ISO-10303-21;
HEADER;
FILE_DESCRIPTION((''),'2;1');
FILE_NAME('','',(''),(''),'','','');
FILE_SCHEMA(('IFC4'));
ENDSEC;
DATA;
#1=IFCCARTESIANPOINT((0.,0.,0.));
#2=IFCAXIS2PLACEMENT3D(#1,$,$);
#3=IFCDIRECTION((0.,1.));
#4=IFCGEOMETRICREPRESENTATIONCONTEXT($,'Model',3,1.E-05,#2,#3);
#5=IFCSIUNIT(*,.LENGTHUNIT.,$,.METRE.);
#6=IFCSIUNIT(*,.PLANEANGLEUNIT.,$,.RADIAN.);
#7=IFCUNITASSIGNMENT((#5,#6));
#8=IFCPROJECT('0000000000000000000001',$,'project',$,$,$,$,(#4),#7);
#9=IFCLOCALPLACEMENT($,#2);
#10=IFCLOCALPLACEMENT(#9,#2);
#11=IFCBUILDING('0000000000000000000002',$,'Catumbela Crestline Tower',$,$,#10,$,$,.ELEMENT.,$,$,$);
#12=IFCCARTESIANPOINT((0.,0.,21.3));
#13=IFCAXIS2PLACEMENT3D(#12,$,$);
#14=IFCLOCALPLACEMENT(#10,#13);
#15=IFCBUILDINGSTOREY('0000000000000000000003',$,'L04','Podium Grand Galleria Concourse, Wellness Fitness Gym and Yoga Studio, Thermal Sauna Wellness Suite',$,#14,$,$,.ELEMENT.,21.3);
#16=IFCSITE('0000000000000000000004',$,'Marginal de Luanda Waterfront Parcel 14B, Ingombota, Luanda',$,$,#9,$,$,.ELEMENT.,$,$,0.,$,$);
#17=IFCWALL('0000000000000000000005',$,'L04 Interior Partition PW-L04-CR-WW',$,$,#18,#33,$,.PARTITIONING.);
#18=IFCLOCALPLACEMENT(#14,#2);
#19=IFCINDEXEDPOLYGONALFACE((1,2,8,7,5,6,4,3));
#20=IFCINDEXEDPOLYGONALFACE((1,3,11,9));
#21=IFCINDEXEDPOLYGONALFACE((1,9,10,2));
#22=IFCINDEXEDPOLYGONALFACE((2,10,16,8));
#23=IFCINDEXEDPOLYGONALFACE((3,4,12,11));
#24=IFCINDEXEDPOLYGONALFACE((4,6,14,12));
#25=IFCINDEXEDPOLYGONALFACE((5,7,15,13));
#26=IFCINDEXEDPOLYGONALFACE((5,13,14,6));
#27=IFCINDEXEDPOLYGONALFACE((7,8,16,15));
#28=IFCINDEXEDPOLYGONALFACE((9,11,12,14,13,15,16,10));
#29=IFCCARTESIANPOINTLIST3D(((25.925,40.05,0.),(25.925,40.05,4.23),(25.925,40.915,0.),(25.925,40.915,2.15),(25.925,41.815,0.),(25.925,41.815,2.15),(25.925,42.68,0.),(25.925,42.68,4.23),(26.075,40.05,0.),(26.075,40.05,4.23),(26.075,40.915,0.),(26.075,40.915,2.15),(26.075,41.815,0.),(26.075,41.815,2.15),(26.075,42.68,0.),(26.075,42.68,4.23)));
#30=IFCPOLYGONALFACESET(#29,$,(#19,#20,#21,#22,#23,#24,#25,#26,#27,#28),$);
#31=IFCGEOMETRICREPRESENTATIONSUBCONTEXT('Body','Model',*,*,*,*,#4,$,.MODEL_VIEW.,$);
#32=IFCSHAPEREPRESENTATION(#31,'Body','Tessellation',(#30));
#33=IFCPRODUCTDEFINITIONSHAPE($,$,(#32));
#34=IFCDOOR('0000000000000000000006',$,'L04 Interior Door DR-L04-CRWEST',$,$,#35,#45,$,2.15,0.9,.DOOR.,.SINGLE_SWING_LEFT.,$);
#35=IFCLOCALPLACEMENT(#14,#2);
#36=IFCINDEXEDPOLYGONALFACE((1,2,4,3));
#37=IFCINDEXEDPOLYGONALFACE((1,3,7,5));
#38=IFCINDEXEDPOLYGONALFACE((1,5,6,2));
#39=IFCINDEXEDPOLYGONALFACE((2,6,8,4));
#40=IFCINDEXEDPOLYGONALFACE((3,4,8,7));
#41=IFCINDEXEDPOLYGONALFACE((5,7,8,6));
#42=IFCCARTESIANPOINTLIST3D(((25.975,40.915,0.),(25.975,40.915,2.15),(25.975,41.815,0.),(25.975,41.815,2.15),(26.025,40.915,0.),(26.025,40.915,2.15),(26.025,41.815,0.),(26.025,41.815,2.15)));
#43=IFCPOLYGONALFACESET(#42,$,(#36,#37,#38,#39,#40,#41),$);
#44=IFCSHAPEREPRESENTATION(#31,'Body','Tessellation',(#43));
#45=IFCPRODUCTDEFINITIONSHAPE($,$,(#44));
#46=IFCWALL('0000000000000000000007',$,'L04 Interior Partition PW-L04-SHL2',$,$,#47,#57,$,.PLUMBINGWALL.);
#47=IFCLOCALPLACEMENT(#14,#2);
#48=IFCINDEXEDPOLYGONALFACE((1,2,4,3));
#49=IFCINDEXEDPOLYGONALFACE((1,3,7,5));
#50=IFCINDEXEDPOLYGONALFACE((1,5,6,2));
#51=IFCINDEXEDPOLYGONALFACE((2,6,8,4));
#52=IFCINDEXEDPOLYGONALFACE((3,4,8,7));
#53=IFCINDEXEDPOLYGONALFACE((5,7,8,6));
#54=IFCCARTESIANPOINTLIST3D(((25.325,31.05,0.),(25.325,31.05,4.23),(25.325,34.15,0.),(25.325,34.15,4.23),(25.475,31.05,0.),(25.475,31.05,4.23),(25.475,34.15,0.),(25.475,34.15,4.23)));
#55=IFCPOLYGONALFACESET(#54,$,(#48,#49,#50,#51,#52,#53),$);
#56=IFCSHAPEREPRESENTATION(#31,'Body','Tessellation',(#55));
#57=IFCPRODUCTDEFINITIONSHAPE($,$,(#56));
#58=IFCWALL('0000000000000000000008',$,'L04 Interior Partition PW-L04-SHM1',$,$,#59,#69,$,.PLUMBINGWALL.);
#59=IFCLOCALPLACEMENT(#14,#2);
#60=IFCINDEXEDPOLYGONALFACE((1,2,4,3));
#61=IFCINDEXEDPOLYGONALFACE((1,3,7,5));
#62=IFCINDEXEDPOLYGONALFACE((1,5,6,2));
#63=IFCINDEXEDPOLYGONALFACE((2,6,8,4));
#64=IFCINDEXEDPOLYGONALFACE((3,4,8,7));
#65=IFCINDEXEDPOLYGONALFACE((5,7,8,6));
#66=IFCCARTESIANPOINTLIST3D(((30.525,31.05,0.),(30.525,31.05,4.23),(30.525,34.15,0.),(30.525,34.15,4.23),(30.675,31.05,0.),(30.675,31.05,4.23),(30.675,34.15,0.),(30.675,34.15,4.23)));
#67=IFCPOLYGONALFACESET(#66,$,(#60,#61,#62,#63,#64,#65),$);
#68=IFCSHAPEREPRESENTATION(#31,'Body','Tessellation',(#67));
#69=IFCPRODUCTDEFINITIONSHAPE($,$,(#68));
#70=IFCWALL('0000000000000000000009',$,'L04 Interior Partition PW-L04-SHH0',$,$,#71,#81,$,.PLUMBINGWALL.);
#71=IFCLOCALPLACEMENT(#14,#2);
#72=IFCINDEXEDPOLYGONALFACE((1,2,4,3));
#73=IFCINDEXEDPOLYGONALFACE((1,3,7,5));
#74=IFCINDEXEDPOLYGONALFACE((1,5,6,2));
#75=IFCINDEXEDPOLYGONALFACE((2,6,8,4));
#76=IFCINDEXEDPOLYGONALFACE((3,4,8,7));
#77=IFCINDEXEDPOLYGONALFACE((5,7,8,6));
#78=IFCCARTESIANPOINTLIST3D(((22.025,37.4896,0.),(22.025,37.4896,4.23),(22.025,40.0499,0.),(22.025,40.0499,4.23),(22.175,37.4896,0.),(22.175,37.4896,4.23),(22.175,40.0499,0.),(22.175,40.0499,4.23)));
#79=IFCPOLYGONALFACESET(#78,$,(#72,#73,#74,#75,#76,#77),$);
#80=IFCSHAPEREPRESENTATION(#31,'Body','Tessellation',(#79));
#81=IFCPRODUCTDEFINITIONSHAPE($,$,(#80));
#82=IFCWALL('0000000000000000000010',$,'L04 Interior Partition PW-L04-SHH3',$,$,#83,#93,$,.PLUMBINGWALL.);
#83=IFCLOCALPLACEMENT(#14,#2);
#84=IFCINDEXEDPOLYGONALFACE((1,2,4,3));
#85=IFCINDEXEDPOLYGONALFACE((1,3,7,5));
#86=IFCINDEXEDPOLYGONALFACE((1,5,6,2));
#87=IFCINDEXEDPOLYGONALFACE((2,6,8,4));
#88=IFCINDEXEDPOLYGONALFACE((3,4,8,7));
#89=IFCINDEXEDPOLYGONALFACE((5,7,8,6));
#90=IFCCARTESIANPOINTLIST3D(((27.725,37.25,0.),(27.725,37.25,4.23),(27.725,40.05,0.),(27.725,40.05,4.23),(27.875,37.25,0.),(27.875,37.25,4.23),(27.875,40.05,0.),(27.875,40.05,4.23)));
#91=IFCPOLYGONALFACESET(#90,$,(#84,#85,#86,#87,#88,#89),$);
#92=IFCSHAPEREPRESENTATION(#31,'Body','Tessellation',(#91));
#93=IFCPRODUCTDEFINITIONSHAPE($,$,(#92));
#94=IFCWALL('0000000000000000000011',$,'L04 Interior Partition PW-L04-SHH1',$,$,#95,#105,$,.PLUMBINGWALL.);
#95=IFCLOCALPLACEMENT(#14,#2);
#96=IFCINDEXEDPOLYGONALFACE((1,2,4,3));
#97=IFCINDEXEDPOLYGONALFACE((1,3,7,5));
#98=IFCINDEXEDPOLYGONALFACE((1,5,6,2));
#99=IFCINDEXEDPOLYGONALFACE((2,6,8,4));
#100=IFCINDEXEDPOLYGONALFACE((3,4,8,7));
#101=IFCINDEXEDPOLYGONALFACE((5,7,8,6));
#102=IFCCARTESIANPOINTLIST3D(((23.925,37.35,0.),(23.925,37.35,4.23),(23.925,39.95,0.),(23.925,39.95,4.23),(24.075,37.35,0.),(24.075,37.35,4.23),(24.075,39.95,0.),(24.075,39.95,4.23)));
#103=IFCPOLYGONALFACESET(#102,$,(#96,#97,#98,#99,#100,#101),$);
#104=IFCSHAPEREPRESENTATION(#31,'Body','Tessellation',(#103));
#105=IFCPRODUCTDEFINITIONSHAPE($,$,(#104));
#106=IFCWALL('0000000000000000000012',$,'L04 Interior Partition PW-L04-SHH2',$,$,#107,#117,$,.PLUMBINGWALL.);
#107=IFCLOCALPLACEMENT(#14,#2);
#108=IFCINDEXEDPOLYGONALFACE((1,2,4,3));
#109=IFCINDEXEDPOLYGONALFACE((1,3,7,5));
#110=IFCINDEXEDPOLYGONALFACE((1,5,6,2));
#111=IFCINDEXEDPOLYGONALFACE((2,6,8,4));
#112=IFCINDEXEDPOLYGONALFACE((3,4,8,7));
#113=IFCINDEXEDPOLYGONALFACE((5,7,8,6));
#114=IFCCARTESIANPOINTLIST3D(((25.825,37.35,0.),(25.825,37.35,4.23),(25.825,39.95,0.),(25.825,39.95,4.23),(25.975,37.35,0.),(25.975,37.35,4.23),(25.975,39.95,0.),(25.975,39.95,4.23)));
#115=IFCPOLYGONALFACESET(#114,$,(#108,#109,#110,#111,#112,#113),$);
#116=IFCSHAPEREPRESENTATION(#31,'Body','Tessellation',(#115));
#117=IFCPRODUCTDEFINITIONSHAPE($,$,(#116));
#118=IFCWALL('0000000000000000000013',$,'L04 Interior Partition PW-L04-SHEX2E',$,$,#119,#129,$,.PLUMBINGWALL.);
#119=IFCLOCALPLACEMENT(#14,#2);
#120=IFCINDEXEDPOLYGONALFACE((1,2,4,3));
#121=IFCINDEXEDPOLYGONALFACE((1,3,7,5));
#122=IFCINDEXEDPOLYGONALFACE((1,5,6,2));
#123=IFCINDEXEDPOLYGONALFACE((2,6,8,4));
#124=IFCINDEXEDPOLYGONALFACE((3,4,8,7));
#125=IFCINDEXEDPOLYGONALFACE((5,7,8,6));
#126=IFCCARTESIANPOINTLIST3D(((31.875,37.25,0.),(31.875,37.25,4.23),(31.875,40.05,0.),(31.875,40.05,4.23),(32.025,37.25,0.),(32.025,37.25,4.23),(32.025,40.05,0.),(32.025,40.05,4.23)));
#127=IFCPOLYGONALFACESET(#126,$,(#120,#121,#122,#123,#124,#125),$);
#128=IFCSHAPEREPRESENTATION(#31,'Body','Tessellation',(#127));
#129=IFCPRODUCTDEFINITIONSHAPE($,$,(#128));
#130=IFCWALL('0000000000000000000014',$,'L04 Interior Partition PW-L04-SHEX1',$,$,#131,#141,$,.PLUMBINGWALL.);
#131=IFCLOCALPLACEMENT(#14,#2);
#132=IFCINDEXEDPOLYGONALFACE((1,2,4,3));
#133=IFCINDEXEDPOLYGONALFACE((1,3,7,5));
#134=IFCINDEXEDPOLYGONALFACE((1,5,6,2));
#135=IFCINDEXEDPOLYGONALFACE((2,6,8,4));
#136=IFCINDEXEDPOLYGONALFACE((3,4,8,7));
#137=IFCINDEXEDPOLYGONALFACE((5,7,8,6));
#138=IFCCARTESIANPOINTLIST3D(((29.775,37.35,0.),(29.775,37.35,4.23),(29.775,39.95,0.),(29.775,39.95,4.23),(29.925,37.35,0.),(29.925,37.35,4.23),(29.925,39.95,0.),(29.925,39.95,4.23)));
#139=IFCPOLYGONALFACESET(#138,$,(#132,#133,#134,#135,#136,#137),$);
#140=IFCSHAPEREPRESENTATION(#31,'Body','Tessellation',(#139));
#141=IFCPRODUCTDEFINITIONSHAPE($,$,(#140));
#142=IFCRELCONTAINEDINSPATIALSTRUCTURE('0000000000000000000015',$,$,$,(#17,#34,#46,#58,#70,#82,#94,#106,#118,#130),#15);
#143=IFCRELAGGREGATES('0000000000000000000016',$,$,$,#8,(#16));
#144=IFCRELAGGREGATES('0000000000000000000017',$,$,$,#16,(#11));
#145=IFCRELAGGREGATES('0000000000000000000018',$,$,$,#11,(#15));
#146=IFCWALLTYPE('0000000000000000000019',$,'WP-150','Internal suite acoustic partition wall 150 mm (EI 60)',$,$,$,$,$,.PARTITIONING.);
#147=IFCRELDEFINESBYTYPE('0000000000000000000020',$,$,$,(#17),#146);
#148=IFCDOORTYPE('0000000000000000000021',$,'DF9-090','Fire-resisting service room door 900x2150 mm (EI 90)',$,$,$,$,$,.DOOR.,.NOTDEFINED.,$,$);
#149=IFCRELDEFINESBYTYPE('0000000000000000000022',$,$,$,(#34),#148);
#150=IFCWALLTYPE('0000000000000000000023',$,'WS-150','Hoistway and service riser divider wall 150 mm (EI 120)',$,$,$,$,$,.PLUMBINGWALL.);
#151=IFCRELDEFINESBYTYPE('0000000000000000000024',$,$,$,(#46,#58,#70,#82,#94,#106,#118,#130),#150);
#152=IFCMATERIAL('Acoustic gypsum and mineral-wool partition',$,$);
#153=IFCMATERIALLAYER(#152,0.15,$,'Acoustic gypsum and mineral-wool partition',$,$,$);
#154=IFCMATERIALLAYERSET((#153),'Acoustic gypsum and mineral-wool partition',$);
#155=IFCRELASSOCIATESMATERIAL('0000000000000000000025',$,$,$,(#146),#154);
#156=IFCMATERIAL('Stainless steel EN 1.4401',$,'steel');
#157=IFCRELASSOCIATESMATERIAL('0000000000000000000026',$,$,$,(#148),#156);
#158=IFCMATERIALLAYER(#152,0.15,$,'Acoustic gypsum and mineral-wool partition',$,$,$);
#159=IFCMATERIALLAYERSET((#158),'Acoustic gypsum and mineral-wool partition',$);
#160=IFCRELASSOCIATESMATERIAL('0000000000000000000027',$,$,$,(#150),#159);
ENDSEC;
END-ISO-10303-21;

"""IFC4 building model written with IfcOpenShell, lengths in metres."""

from ifc_helpers import new_model, si_unit, direction, frame, frame_2d, origin, place, context, subcontext, project, spatial, rectangle, extrude, material, layer, layer_set, type_object, element, fill, save


model = new_model("IFC4")

# Units and contexts
model_context = context("Model", 3, precision=1e-05, world=origin(), true_north=direction((0.0, 1.0)))
body_context = subcontext(model_context, "Body", "Model", "MODEL_VIEW")
ifc_project = project(units=[si_unit("LENGTHUNIT", "METRE"), si_unit("PLANEANGLEUNIT", "RADIAN")], contexts=[model_context])

# Site, building, storey
site_placement = place(None, origin())
site = spatial("IfcSite", under=ifc_project, at=site_placement, Name="Marginal de Luanda Waterfront Parcel 14B, Ingombota, Luanda", CompositionType="ELEMENT", RefElevation=0.0)
building_placement = place(site_placement, origin())
building = spatial("IfcBuilding", under=site, at=building_placement, Name="Catumbela Crestline Tower", CompositionType="ELEMENT")
storey_placement = place(building_placement, frame((0.0, 0.0, 21.3)))
storey = spatial("IfcBuildingStorey", under=building, at=storey_placement, Name="L04", Description="Podium Grand Galleria Concourse, Wellness Fitness Gym and Yoga Studio, Thermal Sauna Wellness Suite", CompositionType="ELEMENT", Elevation=21.3)

# Shared definitions
ifc_material_1 = material(Name="Stainless steel EN 1.4401", Category="steel")

# Wall, opening, door
ifc_material_2 = material(Name="Acoustic gypsum and mineral-wool partition")
ifc_layer_1 = layer(ifc_material_2, 0.15, Name="Acoustic gypsum and mineral-wool partition")
ifc_layer_set_1 = layer_set([ifc_layer_1], Name="Acoustic gypsum and mineral-wool partition")
wall_type_1 = type_object("IfcWallType", Name="WP-150", Description="Internal suite acoustic partition wall 150 mm (EI 60)", PredefinedType="PARTITIONING", material=ifc_layer_set_1)
wall_1_placement = place(storey_placement, frame((26.0, 40.05, 0.0), z_axis=(0.0, 0.0, 1.0), x_axis=(0.0, 1.0, 0.0)))
wall_1 = element("IfcWall", 1, at=wall_1_placement, inside=storey, type_object=wall_type_1, Name="L04 Interior Partition PW-L04-CR-WW", PredefinedType="PARTITIONING", context=body_context, shape_type="SweptSolid", body=[
    extrude(rectangle(XDim=2.63, YDim=0.15, at=frame_2d((1.315, 0.0))), origin(), (0.0, 0.0, 1.0), 4.23),
])
opening_1_placement = place(wall_1_placement, frame((0.865, 0.0, 0.0)))
opening_1 = element("IfcOpeningElement", 2, at=opening_1_placement, cuts=wall_1, PredefinedType="OPENING", context=body_context, shape_type="SweptSolid", body=[
    extrude(rectangle(XDim=0.9, YDim=2.15, at=frame_2d((0.45, 1.075))), frame((0.0, 0.085, 0.0), z_axis=(0.0, -1.0, 0.0), x_axis=(1.0, 0.0, 0.0)), (0.0, 0.0, 1.0), 0.17),
])
door_type_1 = type_object("IfcDoorType", Name="DF9-090", Description="Fire-resisting service room door 900x2150 mm (EI 90)", OperationType="NOTDEFINED", PredefinedType="DOOR", material=ifc_material_1)
door_1_placement = place(opening_1_placement, origin())
door_1 = element("IfcDoor", 3, at=door_1_placement, inside=storey, type_object=door_type_1, Name="L04 Interior Door DR-L04-CRWEST", OperationType="SINGLE_SWING_LEFT", OverallHeight=2.15, OverallWidth=0.9, PredefinedType="DOOR", context=body_context, shape_type="SweptSolid", body=[
    extrude(rectangle(XDim=0.9, YDim=2.15, at=frame_2d((0.45, 1.075))), frame((0.0, 0.025, 0.0), z_axis=(0.0, -1.0, 0.0), x_axis=(1.0, 0.0, 0.0)), (0.0, 0.0, 1.0), 0.05),
])
fill(opening_1, door_1)

# Walls
ifc_layer_2 = layer(ifc_material_2, 0.15, Name="Acoustic gypsum and mineral-wool partition")
ifc_layer_set_2 = layer_set([ifc_layer_2], Name="Acoustic gypsum and mineral-wool partition")
wall_type_2 = type_object("IfcWallType", Name="WS-150", Description="Hoistway and service riser divider wall 150 mm (EI 120)", PredefinedType="PLUMBINGWALL", material=ifc_layer_set_2)
for number, where, z_axis, x_axis, name in (
    (4, (25.4, 31.05, 0.0), (0.0, 0.0, 1.0), (0.0, 1.0, 0.0), "L04 Interior Partition PW-L04-SHL2"),
    (5, (30.6, 31.05, 0.0), (0.0, 0.0, 1.0), (0.0, 1.0, 0.0), "L04 Interior Partition PW-L04-SHM1"),
):
    element("IfcWall", number, at=place(storey_placement, frame(where, z_axis=z_axis, x_axis=x_axis)), inside=storey, type_object=wall_type_2, Name=name, PredefinedType="PLUMBINGWALL", context=body_context, shape_type="SweptSolid", body=[
        extrude(rectangle(XDim=3.1, YDim=0.15, at=frame_2d((1.55, 0.0))), origin(), (0.0, 0.0, 1.0), 4.23),
    ])
wall_2_placement = place(storey_placement, frame((22.1, 37.4897, 0.0), z_axis=(0.0, 0.0, 1.0), x_axis=(0.0, 1.0, 0.0)))
element("IfcWall", 6, at=wall_2_placement, inside=storey, type_object=wall_type_2, Name="L04 Interior Partition PW-L04-SHH0", PredefinedType="PLUMBINGWALL", context=body_context, shape_type="SweptSolid", body=[
    extrude(rectangle(XDim=2.5603, YDim=0.15, at=frame_2d((1.2801, 0.0))), origin(), (0.0, 0.0, 1.0), 4.23),
])
wall_3_placement = place(storey_placement, frame((27.8, 37.25, 0.0), z_axis=(0.0, 0.0, 1.0), x_axis=(0.0, 1.0, 0.0)))
element("IfcWall", 7, at=wall_3_placement, inside=storey, type_object=wall_type_2, Name="L04 Interior Partition PW-L04-SHH3", PredefinedType="PLUMBINGWALL", context=body_context, shape_type="SweptSolid", body=[
    extrude(rectangle(XDim=2.8, YDim=0.15, at=frame_2d((1.4, 0.0))), origin(), (0.0, 0.0, 1.0), 4.23),
])
for number, where, z_axis, x_axis, name in (
    (8, (24.0, 37.35, 0.0), (0.0, 0.0, 1.0), (0.0, 1.0, 0.0), "L04 Interior Partition PW-L04-SHH1"),
    (9, (25.9, 37.35, 0.0), (0.0, 0.0, 1.0), (0.0, 1.0, 0.0), "L04 Interior Partition PW-L04-SHH2"),
):
    element("IfcWall", number, at=place(storey_placement, frame(where, z_axis=z_axis, x_axis=x_axis)), inside=storey, type_object=wall_type_2, Name=name, PredefinedType="PLUMBINGWALL", context=body_context, shape_type="SweptSolid", body=[
        extrude(rectangle(XDim=2.6, YDim=0.15, at=frame_2d((1.3, 0.0))), origin(), (0.0, 0.0, 1.0), 4.23),
    ])
wall_4_placement = place(storey_placement, frame((31.95, 37.25, 0.0), z_axis=(0.0, 0.0, 1.0), x_axis=(0.0, 1.0, 0.0)))
element("IfcWall", 10, at=wall_4_placement, inside=storey, type_object=wall_type_2, Name="L04 Interior Partition PW-L04-SHEX2E", PredefinedType="PLUMBINGWALL", context=body_context, shape_type="SweptSolid", body=[
    extrude(rectangle(XDim=2.8, YDim=0.15, at=frame_2d((1.4, 0.0))), origin(), (0.0, 0.0, 1.0), 4.23),
])
wall_5_placement = place(storey_placement, frame((29.85, 37.35, 0.0), z_axis=(0.0, 0.0, 1.0), x_axis=(0.0, 1.0, 0.0)))
element("IfcWall", 11, at=wall_5_placement, inside=storey, type_object=wall_type_2, Name="L04 Interior Partition PW-L04-SHEX1", PredefinedType="PLUMBINGWALL", context=body_context, shape_type="SweptSolid", body=[
    extrude(rectangle(XDim=2.6, YDim=0.15, at=frame_2d((1.3, 0.0))), origin(), (0.0, 0.0, 1.0), 4.23),
])

save(model, "model.ifc")
